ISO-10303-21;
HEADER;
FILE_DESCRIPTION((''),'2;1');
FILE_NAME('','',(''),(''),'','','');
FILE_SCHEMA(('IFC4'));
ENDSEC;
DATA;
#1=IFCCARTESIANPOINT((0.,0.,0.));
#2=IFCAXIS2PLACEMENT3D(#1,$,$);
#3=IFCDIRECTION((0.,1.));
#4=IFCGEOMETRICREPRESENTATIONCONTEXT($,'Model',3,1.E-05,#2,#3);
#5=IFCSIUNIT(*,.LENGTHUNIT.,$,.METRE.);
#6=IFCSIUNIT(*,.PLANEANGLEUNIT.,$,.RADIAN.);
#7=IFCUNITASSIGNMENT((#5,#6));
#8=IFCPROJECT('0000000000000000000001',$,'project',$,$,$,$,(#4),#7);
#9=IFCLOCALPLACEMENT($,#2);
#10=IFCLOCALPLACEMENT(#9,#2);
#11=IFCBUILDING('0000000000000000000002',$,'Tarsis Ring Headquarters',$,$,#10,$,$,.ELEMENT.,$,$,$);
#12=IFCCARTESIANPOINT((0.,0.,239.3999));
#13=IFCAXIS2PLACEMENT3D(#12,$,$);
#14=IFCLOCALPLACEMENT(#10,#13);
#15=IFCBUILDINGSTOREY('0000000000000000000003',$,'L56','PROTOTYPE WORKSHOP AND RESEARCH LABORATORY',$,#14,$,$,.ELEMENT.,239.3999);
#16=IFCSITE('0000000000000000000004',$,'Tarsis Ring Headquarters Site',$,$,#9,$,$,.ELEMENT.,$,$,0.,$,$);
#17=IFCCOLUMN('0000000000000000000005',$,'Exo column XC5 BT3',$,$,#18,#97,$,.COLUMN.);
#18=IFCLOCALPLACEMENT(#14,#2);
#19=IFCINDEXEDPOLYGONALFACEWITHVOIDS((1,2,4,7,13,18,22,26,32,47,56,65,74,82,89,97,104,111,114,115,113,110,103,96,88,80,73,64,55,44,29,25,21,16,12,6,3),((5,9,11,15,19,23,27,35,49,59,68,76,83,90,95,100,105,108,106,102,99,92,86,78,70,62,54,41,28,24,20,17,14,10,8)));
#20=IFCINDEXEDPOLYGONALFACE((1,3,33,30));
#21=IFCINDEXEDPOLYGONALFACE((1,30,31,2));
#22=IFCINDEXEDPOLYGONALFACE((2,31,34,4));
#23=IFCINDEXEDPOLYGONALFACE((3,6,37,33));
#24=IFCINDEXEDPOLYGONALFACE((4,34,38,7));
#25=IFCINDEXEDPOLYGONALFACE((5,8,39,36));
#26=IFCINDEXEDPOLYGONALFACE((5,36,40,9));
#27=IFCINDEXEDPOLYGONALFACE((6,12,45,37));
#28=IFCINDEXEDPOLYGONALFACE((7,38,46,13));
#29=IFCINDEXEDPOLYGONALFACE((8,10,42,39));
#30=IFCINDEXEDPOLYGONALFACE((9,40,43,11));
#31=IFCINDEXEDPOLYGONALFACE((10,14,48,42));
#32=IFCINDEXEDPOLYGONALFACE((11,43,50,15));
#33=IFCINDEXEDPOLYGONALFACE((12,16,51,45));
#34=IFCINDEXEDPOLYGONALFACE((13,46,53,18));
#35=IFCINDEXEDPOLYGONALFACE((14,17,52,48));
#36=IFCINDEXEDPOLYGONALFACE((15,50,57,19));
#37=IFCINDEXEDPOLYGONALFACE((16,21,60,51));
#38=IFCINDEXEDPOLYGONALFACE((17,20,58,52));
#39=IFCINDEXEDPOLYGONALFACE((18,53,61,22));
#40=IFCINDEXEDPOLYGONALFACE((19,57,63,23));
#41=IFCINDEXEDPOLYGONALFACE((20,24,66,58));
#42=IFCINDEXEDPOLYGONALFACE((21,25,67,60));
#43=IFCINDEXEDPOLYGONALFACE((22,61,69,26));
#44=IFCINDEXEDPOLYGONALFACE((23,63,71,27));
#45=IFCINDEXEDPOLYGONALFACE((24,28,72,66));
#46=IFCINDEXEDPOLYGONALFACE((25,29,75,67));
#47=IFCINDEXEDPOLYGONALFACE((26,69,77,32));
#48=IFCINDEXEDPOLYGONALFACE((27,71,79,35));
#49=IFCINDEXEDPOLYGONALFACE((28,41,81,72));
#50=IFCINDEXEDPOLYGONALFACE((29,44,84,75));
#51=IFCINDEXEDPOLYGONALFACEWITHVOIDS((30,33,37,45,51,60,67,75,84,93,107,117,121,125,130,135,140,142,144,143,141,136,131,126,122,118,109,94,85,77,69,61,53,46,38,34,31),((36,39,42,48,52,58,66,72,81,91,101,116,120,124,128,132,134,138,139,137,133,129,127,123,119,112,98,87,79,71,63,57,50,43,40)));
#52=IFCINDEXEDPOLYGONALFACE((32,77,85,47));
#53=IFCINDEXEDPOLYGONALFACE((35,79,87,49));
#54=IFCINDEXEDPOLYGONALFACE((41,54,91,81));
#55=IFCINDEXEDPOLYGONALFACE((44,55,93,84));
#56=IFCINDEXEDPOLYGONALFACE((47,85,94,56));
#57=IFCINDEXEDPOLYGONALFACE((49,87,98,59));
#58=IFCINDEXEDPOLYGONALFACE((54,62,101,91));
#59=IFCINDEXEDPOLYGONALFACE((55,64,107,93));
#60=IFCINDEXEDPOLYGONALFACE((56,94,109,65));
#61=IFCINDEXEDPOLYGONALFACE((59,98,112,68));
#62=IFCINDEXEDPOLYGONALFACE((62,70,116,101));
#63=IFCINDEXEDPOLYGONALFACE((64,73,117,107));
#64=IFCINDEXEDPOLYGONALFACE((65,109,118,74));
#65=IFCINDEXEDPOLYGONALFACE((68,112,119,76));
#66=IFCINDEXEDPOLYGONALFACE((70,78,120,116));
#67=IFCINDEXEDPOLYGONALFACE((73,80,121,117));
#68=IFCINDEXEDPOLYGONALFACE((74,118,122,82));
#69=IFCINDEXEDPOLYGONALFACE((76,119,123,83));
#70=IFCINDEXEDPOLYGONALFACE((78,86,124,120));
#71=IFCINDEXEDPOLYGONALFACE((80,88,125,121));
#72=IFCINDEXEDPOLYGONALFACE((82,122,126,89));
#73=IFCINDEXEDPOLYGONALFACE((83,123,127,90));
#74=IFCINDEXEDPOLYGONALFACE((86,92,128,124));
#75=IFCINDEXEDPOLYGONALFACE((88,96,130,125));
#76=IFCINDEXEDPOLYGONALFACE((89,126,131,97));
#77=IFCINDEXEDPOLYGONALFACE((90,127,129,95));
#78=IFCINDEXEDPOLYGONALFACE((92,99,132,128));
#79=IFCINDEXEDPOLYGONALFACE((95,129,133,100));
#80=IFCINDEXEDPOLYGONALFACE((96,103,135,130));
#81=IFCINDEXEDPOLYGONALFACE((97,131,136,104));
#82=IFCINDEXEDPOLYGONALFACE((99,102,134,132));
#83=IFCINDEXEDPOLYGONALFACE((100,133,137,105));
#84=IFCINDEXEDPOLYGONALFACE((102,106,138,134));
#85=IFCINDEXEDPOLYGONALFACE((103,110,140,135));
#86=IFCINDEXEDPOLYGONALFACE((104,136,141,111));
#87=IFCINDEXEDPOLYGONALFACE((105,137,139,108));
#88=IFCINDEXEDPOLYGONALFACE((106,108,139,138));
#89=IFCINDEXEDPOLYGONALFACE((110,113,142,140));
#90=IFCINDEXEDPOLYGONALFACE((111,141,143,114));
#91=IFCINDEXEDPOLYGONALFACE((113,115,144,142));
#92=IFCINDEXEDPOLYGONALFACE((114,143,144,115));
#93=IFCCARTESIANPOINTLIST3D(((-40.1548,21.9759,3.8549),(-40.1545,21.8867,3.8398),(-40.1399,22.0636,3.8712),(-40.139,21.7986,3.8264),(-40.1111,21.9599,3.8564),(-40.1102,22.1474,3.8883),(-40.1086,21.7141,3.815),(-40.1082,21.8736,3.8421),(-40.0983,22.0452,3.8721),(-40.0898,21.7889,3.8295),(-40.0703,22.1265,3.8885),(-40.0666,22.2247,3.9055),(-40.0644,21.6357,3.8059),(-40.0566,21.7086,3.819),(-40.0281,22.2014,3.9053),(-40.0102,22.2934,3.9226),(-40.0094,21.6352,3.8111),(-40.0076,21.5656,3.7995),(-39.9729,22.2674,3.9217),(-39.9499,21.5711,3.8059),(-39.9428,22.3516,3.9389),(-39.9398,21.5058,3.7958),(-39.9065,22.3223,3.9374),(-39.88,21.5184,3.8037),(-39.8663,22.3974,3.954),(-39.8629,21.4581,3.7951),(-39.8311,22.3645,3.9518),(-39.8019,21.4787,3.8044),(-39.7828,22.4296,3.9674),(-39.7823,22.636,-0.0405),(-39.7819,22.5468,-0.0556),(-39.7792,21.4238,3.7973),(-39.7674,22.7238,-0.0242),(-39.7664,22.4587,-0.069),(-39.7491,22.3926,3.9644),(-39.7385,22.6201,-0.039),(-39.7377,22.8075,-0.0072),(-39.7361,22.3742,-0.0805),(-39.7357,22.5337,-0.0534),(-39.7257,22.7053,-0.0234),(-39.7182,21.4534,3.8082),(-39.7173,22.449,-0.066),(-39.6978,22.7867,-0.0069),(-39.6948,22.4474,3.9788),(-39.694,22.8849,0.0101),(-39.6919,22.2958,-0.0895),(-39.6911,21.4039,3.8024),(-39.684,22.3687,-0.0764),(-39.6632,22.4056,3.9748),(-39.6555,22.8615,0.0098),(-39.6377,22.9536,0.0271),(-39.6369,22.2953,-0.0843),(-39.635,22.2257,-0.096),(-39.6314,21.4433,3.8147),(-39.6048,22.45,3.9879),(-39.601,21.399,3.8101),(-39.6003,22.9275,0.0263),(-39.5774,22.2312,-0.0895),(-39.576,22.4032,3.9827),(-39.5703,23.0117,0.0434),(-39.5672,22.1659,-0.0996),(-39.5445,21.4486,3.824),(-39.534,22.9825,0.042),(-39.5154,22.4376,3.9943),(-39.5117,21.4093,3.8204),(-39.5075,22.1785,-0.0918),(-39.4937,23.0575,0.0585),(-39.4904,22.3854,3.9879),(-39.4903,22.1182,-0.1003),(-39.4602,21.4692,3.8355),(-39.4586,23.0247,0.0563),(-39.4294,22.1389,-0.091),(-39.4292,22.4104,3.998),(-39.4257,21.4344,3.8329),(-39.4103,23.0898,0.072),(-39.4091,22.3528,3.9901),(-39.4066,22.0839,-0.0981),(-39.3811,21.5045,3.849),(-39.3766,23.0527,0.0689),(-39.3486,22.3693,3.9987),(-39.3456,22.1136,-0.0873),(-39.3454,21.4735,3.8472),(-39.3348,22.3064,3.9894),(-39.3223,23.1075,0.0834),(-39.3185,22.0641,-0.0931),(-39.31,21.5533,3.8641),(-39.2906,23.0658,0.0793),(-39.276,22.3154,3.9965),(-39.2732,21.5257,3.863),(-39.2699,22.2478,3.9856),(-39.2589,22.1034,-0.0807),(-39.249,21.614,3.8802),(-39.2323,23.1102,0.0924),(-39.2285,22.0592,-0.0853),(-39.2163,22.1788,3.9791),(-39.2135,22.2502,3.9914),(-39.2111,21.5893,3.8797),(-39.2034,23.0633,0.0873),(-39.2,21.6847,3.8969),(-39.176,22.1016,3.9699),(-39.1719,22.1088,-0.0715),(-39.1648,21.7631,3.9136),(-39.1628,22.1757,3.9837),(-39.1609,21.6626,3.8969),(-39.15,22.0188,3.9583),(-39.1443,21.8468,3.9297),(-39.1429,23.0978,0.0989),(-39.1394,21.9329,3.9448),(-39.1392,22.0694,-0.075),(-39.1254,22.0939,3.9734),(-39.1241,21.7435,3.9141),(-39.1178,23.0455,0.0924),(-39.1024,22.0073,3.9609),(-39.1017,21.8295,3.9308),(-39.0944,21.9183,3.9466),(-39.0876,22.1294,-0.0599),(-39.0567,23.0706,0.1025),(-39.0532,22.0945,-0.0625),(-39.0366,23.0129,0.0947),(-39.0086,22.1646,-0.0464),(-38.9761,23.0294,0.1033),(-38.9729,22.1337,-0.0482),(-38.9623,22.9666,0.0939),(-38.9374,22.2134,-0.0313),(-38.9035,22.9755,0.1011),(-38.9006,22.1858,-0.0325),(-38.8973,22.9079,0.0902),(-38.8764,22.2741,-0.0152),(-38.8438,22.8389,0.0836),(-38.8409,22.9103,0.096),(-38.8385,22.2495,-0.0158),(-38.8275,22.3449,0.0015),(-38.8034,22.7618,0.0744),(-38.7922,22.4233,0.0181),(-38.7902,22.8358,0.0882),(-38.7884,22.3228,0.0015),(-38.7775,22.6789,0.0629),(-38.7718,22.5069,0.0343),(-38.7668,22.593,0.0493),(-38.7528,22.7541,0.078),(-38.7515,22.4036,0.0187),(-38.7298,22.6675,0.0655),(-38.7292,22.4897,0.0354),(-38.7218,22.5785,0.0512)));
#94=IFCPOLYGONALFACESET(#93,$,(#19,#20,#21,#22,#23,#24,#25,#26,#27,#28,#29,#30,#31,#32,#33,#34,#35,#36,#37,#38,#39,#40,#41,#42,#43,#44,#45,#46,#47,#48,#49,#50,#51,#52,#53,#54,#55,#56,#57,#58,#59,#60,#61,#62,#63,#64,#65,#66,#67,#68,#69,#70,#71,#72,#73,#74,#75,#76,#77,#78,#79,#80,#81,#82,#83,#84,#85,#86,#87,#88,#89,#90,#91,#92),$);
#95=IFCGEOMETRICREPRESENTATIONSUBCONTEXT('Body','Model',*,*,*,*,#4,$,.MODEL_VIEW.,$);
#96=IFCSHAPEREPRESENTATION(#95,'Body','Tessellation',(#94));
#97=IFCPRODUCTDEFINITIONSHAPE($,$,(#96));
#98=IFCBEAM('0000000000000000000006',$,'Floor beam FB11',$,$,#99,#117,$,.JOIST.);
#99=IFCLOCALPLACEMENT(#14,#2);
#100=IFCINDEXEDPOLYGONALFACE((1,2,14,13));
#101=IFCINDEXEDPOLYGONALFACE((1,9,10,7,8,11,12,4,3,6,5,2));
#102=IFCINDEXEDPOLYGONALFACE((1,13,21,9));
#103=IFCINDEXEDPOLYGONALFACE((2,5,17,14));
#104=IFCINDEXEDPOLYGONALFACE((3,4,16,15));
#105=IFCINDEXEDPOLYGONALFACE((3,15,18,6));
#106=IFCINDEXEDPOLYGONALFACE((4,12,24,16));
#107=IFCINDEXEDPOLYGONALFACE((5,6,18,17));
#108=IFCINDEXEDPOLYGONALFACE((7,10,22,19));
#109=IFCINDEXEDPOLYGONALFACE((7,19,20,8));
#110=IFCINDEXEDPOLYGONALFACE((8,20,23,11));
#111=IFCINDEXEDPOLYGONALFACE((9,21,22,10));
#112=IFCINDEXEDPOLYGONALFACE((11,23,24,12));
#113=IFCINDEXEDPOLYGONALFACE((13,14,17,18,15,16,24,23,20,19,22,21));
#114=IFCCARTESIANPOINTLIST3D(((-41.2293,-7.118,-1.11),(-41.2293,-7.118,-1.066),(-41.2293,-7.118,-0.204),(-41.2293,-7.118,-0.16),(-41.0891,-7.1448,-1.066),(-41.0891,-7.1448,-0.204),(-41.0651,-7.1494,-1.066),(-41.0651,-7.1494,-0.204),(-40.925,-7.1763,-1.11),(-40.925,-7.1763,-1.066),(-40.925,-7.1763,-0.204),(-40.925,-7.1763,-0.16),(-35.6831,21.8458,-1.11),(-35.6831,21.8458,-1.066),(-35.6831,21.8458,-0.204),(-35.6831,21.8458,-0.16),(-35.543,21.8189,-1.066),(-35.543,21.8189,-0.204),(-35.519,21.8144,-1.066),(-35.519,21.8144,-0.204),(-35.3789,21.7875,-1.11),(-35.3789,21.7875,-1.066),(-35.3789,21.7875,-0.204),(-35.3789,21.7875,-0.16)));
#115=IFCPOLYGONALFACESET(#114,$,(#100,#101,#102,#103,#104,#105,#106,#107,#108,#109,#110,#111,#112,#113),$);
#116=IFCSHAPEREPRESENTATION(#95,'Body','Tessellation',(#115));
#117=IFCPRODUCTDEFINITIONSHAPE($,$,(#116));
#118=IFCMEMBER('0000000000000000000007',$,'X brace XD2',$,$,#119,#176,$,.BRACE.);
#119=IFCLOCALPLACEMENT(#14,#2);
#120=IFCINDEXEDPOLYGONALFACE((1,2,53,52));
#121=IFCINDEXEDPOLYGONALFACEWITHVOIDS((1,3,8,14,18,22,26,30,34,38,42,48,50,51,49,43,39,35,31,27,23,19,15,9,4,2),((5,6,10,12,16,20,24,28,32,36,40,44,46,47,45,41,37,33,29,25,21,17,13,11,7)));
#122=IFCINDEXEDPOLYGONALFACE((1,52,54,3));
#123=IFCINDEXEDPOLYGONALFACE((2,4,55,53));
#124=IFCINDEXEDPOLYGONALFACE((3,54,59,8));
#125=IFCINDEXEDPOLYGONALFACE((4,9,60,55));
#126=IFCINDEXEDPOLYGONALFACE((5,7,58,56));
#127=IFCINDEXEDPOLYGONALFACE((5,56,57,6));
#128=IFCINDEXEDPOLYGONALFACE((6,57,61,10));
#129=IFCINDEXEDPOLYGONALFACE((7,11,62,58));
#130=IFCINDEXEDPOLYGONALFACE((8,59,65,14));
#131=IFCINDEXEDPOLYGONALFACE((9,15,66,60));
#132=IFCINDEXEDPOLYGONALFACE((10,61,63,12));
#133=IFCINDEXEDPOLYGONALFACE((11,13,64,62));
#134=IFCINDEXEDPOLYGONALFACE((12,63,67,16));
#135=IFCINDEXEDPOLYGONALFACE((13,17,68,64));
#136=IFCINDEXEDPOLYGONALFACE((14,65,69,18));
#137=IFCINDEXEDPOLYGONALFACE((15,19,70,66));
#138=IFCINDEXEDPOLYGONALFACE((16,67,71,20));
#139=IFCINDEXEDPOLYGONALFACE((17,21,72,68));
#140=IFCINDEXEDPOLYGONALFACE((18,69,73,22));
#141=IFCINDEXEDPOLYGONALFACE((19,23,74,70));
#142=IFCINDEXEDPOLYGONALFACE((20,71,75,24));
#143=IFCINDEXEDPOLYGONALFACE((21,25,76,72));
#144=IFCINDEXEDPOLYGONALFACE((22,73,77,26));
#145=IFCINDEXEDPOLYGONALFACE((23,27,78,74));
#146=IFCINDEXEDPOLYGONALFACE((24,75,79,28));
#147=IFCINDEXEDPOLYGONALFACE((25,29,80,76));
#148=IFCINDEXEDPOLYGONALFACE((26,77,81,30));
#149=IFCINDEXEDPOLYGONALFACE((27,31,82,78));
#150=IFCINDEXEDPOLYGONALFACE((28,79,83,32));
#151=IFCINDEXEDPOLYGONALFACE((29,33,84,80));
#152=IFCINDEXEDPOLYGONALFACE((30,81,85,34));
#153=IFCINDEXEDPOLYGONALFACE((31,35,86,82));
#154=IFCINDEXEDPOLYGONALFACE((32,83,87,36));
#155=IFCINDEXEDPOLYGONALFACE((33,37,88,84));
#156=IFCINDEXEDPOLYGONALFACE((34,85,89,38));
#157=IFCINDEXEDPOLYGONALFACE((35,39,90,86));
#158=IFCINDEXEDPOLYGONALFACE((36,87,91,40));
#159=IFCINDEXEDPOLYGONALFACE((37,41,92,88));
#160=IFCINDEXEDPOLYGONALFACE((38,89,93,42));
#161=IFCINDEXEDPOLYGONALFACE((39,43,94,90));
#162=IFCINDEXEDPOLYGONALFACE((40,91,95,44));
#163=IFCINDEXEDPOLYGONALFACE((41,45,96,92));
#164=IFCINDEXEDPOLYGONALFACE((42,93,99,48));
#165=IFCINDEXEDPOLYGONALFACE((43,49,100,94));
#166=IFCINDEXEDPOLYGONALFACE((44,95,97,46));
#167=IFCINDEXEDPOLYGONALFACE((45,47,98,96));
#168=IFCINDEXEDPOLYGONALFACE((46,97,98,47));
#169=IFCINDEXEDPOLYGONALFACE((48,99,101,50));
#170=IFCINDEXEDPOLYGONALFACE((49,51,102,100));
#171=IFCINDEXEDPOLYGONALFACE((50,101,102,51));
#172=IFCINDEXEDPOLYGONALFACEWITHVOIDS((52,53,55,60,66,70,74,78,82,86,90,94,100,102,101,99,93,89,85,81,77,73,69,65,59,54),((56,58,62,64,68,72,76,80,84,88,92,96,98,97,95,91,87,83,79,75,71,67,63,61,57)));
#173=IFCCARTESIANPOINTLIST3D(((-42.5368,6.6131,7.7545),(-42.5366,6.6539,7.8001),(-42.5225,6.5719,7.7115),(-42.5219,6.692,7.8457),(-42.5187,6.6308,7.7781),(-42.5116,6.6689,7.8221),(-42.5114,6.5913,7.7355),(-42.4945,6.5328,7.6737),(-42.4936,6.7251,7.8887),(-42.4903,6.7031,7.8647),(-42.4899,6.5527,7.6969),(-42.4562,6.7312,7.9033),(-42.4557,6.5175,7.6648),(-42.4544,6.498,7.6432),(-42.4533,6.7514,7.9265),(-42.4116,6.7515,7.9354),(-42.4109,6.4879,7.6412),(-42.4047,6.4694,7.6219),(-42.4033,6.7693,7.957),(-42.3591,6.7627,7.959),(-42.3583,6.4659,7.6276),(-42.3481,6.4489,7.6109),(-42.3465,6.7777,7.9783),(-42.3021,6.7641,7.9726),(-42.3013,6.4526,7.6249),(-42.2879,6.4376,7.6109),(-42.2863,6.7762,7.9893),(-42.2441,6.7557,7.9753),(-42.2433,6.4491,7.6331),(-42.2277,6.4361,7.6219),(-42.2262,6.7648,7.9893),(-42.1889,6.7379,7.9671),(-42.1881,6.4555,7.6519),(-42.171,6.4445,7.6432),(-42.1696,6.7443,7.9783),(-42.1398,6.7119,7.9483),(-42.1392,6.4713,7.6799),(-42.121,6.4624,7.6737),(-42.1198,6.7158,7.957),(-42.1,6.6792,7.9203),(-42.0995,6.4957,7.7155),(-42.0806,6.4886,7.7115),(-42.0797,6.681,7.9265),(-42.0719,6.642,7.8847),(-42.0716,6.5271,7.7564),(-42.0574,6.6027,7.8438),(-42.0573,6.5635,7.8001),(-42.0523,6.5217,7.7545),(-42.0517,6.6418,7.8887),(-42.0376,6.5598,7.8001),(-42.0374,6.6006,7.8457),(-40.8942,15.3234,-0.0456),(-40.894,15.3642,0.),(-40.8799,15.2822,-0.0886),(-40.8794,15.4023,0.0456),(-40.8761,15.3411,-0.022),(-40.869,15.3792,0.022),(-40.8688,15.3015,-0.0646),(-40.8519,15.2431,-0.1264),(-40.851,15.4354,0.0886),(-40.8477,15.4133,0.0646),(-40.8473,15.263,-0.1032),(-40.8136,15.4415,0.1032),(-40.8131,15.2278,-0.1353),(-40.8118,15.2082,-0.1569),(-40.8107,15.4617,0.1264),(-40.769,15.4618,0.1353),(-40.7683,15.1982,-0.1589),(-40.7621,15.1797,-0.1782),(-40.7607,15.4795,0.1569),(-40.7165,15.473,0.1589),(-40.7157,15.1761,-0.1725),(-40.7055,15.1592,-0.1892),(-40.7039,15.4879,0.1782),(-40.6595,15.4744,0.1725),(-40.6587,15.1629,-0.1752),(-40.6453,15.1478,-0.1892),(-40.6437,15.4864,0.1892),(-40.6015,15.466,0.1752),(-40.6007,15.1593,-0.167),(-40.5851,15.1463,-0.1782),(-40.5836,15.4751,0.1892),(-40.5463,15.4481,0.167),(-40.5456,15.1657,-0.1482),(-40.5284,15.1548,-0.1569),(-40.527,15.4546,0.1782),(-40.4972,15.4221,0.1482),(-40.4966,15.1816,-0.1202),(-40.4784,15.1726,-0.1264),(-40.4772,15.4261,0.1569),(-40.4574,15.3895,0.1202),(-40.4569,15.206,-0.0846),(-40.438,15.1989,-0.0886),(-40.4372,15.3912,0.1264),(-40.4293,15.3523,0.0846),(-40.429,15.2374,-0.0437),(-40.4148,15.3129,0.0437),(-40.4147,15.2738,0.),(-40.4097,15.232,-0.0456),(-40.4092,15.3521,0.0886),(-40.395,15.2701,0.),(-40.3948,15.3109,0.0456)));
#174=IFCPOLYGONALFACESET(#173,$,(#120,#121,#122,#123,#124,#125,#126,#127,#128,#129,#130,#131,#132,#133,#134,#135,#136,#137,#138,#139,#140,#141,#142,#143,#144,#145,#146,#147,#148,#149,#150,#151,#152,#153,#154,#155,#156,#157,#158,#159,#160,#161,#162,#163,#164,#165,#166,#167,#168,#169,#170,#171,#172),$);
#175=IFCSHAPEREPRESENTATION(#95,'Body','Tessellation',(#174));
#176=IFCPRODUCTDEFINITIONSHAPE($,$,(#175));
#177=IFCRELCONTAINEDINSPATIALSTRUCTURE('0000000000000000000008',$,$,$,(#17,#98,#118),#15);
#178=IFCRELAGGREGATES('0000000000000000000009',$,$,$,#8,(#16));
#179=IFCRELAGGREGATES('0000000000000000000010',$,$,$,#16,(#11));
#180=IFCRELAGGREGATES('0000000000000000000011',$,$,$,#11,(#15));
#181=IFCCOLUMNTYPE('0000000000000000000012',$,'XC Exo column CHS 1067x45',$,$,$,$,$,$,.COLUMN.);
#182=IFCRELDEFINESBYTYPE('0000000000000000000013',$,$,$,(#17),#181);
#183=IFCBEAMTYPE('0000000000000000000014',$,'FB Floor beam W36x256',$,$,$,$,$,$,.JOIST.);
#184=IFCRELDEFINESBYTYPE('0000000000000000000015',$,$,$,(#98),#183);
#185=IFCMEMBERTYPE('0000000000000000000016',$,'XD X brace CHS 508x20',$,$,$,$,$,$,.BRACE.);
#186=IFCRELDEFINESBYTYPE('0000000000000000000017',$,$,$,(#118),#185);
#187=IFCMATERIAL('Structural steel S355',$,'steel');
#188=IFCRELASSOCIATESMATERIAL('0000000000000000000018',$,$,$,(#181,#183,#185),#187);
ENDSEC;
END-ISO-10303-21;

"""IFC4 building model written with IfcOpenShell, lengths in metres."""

from ifc_helpers import new_model, si_unit, direction, frame, origin, origin_2d, place, context, subcontext, project, spatial, hollow_circle, i_section, extrude, material, material_profile, profile_set, type_object, element, save


model = new_model("IFC4")

# Units and contexts
model_context = context("Model", 3, precision=1e-05, world=origin(), true_north=direction((0.0, 1.0)))
body_context = subcontext(model_context, "Body", "Model", "MODEL_VIEW")
ifc_project = project(units=[si_unit("LENGTHUNIT", "METRE"), si_unit("PLANEANGLEUNIT", "RADIAN")], contexts=[model_context])

# Site, building, storey
site_placement = place(None, origin())
site = spatial("IfcSite", under=ifc_project, at=site_placement, Name="Tarsis Ring Headquarters Site", CompositionType="ELEMENT", RefElevation=0.0)
building_placement = place(site_placement, origin())
building = spatial("IfcBuilding", under=site, at=building_placement, Name="Tarsis Ring Headquarters", CompositionType="ELEMENT")
storey_placement = place(building_placement, frame((0.0, 0.0, 239.3999)))
storey = spatial("IfcBuildingStorey", under=building, at=storey_placement, Name="L56", Description="PROTOTYPE WORKSHOP AND RESEARCH LABORATORY", CompositionType="ELEMENT", Elevation=239.3999)

# Column
ifc_material_1 = material(Name="Structural steel S355", Category="steel")
ifc_material_profile_1 = material_profile(ifc_material_1, hollow_circle(Radius=0.5334, WallThickness=0.0449, at=origin_2d()), Name="CHS 1067x45")
ifc_profile_set_1 = profile_set([ifc_material_profile_1], Name="Structural steel S355")
column_type = type_object("IfcColumnType", Name="XC Exo column CHS 1067x45", PredefinedType="COLUMN", material=ifc_profile_set_1)
column_placement = place(storey_placement, frame((-39.2529, 22.585, 0.0015), z_axis=(-0.093877, -0.166346, 0.981589), x_axis=(0.870887, -0.491484, 0.0)))
element("IfcColumn", 1, at=column_placement, inside=storey, type_object=column_type, Name="Exo column XC5 BT3", PredefinedType="COLUMN", context=body_context, shape_type="SweptSolid", body=[
    extrude(hollow_circle(Radius=0.5334, WallThickness=0.0449, at=origin_2d()), origin(), (0.0, 0.0, 1.0), 3.9685),
])

# Beam
ifc_material_profile_2 = material_profile(ifc_material_1, i_section(OverallWidth=0.3098, OverallDepth=0.95, WebThickness=0.0244, FlangeThickness=0.0439, at=origin_2d()), Name="W36x256")
ifc_profile_set_2 = profile_set([ifc_material_profile_2], Name="Structural steel S355")
beam_type_1 = type_object("IfcBeamType", Name="FB Floor beam W36x256", PredefinedType="JOIST", material=ifc_profile_set_2)
beam_1_placement = place(storey_placement, frame((-35.531, 21.8167, -0.635), z_axis=(-0.188068, -0.982156, 0.0), x_axis=(0.982156, -0.188068, 0.0)))
element("IfcBeam", 2, at=beam_1_placement, inside=storey, type_object=beam_type_1, Name="Floor beam FB11", PredefinedType="JOIST", context=body_context, shape_type="SweptSolid", body=[
    extrude(i_section(OverallWidth=0.3098, OverallDepth=0.95, WebThickness=0.0244, FlangeThickness=0.0439, at=origin_2d()), origin(), (0.0, 0.0, 1.0), 29.49),
])

# Member
ifc_material_profile_3 = material_profile(ifc_material_1, hollow_circle(Radius=0.2539, WallThickness=0.02, at=origin_2d()), Name="CHS 508x20")
ifc_profile_set_3 = profile_set([ifc_material_profile_3], Name="Structural steel S355")
member_type = type_object("IfcMemberType", Name="XD X brace CHS 508x20", PredefinedType="BRACE", material=ifc_profile_set_3)
member_1_placement = place(storey_placement, frame((-40.6445, 15.3171, 0.0), z_axis=(-0.139118, -0.737712, 0.660626), x_axis=(0.982679, -0.185315, 0.0)))
element("IfcMember", 3, at=member_1_placement, inside=storey, type_object=member_type, Name="X brace XD2", PredefinedType="BRACE", context=body_context, shape_type="SweptSolid", body=[
    extrude(hollow_circle(Radius=0.2539, WallThickness=0.02, at=origin_2d()), origin(), (0.0, 0.0, 1.0), 11.8071),
])

save(model, "model.ifc")
